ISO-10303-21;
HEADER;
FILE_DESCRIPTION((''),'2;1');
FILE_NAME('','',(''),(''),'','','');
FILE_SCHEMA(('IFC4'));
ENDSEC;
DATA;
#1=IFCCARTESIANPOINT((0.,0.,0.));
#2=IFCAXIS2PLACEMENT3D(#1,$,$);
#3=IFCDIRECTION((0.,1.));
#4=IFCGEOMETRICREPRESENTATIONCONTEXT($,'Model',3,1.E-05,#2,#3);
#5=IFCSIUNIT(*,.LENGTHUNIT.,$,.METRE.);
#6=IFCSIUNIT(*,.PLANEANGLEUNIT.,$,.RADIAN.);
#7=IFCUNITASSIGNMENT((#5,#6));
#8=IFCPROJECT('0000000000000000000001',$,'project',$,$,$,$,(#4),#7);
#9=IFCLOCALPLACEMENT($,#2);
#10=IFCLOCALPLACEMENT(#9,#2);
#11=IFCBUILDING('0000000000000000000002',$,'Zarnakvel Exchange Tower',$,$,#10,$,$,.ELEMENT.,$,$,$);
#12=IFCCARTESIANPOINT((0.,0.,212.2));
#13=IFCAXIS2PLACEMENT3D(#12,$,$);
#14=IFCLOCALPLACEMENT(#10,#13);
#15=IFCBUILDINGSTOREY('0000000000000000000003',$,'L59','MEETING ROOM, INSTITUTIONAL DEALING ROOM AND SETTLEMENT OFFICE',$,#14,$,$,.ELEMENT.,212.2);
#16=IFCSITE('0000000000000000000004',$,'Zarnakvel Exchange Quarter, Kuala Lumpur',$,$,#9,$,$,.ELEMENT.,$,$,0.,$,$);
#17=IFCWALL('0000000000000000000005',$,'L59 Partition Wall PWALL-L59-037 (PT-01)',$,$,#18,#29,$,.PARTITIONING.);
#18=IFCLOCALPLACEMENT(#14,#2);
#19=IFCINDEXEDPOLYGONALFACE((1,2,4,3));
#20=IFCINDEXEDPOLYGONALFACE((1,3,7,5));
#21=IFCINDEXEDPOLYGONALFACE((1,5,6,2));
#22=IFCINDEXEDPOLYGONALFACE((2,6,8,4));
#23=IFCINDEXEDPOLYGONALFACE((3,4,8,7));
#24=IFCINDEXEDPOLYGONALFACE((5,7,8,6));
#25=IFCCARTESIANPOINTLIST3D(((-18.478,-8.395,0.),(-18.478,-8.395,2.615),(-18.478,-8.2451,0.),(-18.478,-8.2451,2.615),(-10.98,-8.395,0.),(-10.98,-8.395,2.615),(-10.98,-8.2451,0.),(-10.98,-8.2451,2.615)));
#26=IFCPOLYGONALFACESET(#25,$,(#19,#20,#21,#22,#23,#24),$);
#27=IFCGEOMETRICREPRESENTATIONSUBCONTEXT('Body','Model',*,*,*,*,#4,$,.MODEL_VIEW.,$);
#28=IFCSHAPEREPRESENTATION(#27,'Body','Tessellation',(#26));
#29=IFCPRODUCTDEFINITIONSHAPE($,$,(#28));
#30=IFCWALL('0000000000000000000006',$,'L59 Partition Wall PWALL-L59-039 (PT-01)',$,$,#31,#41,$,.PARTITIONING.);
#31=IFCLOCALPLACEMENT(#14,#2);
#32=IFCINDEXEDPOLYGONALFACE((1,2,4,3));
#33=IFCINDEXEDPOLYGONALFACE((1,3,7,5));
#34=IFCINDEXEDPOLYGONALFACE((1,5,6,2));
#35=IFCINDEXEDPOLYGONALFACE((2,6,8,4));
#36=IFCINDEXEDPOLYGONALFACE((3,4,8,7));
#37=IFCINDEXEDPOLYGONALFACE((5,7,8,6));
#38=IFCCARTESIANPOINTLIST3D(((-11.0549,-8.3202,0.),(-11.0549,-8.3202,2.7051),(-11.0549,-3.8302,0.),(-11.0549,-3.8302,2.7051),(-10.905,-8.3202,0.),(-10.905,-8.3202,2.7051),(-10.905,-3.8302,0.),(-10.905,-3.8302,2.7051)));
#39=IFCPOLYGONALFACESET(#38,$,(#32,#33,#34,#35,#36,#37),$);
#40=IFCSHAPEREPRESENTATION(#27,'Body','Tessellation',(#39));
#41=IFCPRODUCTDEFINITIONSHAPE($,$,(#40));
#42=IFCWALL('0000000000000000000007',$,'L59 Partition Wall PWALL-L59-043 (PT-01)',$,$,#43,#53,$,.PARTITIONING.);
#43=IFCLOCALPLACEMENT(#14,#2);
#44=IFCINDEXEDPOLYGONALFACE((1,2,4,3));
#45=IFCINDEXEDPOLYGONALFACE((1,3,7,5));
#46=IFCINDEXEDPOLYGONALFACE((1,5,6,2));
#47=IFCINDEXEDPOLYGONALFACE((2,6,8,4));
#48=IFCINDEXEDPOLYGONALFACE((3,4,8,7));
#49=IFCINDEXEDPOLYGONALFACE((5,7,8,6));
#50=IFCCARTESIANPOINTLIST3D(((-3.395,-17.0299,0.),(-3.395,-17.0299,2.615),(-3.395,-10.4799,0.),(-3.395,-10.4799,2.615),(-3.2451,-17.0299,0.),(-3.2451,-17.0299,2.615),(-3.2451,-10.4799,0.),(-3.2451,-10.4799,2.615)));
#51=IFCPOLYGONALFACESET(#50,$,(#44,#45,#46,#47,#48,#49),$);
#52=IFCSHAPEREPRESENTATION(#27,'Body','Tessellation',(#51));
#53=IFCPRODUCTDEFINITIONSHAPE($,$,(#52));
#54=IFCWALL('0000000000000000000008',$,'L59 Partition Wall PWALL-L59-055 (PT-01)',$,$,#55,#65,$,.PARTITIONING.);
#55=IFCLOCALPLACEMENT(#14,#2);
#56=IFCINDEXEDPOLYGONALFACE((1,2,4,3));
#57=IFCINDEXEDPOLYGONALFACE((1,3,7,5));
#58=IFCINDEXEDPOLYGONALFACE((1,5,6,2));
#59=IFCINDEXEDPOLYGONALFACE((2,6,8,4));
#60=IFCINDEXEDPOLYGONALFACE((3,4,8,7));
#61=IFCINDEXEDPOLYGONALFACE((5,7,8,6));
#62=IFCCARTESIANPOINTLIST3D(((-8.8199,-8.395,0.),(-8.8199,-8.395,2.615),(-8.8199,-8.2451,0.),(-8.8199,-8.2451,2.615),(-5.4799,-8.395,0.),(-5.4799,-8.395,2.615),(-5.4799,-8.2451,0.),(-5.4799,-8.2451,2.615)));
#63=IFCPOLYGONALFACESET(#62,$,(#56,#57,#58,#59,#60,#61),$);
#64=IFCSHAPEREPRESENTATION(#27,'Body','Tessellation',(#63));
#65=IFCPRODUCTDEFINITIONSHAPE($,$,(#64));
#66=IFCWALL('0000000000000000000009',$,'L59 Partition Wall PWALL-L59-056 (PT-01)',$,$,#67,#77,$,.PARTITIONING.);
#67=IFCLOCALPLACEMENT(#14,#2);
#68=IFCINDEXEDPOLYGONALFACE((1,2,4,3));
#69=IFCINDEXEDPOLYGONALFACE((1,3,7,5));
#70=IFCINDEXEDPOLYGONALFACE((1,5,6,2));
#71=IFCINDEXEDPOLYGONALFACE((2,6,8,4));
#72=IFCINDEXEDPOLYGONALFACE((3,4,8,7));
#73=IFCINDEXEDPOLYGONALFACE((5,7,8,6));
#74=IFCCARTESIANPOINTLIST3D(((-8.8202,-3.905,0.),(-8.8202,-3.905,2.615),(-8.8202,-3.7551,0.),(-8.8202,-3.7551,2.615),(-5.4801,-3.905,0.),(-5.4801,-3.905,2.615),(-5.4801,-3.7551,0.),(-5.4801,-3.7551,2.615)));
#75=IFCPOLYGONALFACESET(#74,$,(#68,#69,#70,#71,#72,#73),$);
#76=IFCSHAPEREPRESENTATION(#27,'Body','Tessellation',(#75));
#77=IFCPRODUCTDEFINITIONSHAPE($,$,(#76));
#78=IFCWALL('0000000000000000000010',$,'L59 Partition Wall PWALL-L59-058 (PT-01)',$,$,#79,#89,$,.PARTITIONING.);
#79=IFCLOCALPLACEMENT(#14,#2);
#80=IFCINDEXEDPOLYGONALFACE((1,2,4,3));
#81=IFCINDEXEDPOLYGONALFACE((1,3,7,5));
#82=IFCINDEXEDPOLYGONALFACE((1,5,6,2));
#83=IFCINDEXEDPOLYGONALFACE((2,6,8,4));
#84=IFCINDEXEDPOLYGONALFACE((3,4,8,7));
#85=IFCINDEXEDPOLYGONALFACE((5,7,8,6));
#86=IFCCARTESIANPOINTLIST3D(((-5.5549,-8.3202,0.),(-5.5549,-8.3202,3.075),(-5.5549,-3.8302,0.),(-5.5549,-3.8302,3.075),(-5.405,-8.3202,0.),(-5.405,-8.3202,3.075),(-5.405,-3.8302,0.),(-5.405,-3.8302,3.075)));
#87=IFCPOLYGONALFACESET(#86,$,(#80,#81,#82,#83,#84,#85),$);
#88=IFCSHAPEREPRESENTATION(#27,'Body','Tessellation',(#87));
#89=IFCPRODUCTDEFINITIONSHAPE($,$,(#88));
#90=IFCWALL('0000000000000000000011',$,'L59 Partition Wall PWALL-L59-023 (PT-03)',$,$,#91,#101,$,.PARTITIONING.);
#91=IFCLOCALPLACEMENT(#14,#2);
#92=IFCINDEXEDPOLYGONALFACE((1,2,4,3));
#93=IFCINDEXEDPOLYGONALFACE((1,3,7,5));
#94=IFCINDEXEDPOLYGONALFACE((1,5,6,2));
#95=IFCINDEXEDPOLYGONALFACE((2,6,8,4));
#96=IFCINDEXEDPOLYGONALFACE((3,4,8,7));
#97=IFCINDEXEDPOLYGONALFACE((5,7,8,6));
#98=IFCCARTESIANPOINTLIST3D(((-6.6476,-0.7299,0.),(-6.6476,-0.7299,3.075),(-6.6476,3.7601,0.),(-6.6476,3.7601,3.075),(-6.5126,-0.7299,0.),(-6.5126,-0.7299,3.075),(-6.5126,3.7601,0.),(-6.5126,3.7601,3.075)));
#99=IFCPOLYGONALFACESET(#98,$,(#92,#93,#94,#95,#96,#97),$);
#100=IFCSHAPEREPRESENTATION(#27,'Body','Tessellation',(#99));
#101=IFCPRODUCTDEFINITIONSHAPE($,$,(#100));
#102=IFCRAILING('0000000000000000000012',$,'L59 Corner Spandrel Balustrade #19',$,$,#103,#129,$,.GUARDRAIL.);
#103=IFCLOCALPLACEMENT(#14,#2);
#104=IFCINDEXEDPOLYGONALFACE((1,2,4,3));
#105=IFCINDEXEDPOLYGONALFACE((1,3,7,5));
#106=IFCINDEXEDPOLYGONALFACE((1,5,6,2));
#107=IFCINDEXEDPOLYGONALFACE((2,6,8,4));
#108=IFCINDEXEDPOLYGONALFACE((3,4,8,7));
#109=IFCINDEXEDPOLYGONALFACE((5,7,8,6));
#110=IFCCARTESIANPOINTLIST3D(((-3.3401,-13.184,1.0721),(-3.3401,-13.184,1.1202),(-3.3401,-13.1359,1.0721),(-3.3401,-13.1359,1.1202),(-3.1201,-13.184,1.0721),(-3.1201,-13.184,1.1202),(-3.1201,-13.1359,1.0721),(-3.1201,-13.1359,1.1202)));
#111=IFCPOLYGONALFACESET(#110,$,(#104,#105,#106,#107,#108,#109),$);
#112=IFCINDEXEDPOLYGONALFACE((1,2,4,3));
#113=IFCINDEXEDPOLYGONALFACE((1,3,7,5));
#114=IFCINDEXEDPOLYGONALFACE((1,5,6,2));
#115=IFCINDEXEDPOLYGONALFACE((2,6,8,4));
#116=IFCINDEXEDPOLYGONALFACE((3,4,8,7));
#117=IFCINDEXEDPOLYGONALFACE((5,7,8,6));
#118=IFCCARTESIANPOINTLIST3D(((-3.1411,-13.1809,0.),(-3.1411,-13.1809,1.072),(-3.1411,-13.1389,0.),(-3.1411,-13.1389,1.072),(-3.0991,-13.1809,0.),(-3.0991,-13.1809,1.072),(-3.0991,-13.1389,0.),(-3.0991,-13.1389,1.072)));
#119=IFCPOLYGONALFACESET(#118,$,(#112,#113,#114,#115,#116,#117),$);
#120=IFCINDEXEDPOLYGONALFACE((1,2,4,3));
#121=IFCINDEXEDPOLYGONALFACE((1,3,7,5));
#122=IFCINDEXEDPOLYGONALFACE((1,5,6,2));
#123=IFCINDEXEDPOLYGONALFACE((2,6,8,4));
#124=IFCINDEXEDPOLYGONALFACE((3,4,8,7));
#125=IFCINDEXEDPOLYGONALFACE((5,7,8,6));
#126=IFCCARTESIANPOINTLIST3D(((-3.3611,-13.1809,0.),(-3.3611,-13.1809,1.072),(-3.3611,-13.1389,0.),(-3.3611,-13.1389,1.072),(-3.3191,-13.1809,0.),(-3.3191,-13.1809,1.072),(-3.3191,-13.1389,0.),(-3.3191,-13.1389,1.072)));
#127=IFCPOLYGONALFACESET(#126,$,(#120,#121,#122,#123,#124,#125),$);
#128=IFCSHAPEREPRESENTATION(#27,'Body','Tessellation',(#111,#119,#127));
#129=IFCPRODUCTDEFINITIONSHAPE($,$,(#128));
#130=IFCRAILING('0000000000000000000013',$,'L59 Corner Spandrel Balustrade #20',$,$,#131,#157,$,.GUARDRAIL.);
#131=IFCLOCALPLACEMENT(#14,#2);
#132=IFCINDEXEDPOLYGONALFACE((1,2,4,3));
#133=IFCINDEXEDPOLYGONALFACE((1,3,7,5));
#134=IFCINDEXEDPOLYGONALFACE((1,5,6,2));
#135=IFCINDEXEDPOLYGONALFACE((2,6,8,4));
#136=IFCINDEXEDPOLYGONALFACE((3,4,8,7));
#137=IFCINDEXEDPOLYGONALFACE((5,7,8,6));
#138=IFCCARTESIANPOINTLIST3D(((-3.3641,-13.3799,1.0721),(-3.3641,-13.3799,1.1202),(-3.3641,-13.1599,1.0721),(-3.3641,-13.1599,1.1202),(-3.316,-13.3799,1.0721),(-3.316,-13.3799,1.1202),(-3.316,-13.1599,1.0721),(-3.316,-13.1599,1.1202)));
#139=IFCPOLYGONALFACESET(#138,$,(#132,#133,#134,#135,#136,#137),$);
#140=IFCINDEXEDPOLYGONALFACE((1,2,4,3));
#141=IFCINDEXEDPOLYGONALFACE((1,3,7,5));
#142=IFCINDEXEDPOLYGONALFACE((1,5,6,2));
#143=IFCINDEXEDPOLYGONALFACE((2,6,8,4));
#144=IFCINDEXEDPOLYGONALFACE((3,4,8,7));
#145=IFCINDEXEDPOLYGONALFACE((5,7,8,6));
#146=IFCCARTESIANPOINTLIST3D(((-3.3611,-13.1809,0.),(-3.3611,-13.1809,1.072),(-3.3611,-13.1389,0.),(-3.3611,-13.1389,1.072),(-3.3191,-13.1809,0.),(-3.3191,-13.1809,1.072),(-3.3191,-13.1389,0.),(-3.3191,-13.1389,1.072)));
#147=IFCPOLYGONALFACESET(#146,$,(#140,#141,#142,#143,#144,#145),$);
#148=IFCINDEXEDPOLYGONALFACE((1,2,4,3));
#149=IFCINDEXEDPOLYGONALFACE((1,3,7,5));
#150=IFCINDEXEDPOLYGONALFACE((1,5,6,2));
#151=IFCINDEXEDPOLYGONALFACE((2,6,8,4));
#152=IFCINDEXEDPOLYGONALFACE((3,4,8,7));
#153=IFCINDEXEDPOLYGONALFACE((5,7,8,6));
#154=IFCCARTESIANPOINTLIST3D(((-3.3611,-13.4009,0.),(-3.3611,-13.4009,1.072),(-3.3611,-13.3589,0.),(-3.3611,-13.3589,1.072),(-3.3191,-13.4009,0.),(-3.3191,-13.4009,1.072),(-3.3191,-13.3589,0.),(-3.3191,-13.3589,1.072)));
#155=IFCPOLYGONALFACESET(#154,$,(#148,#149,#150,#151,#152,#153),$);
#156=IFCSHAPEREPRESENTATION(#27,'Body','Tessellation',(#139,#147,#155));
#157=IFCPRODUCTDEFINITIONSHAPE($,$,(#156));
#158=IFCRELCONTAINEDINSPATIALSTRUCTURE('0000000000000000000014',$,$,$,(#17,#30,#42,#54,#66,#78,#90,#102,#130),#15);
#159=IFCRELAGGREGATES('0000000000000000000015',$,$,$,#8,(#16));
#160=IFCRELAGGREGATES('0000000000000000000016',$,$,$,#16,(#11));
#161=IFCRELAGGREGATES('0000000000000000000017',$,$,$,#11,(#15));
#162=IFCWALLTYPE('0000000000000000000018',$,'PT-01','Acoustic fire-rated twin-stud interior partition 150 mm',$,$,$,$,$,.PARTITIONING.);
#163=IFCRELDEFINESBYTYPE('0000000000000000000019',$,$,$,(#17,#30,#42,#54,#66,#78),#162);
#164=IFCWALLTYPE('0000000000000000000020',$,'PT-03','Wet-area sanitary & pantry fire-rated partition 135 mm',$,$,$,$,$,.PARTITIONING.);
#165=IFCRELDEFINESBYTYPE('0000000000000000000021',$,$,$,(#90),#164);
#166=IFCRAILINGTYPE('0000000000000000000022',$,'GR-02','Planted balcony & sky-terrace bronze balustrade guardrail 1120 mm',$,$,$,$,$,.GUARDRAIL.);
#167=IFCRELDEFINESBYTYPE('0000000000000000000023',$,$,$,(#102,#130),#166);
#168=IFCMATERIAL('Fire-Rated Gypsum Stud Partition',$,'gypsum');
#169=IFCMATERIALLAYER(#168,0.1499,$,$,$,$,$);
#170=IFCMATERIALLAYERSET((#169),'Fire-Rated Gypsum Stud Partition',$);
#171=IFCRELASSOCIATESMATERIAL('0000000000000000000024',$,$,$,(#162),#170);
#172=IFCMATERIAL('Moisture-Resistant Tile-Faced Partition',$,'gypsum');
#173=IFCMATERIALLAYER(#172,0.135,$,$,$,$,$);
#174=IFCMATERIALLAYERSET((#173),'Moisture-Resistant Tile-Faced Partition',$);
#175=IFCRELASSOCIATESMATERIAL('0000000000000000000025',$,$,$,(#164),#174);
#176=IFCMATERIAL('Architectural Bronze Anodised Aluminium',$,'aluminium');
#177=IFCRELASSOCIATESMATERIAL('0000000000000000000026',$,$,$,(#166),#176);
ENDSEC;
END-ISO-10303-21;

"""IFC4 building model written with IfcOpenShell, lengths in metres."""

from ifc_helpers import new_model, si_unit, direction, frame, frame_2d, origin, origin_2d, place, context, subcontext, project, spatial, rectangle, extrude, material, layer, layer_set, type_object, element, save


model = new_model("IFC4")

# Units and contexts
model_context = context("Model", 3, precision=1e-05, world=origin(), true_north=direction((0.0, 1.0)))
body_context = subcontext(model_context, "Body", "Model", "MODEL_VIEW")
ifc_project = project(units=[si_unit("LENGTHUNIT", "METRE"), si_unit("PLANEANGLEUNIT", "RADIAN")], contexts=[model_context])

# Site, building, storey
site_placement = place(None, origin())
site = spatial("IfcSite", under=ifc_project, at=site_placement, Name="Zarnakvel Exchange Quarter, Kuala Lumpur", CompositionType="ELEMENT", RefElevation=0.0)
building_placement = place(site_placement, origin())
building = spatial("IfcBuilding", under=site, at=building_placement, Name="Zarnakvel Exchange Tower", CompositionType="ELEMENT")
storey_placement = place(building_placement, frame((0.0, 0.0, 212.2)))
storey = spatial("IfcBuildingStorey", under=building, at=storey_placement, Name="L59", Description="MEETING ROOM, INSTITUTIONAL DEALING ROOM AND SETTLEMENT OFFICE", CompositionType="ELEMENT", Elevation=212.2)

# Shared definitions
ifc_material_1 = material(Name="Architectural Bronze Anodised Aluminium", Category="aluminium")

# Walls
ifc_material_2 = material(Name="Fire-Rated Gypsum Stud Partition", Category="gypsum")
ifc_layer_1 = layer(ifc_material_2, 0.1499)
ifc_layer_set_1 = layer_set([ifc_layer_1], Name="Fire-Rated Gypsum Stud Partition")
wall_type_1 = type_object("IfcWallType", Name="PT-01", Description="Acoustic fire-rated twin-stud interior partition 150 mm", PredefinedType="PARTITIONING", material=ifc_layer_set_1)
wall_1_placement = place(storey_placement, frame((-10.98, -8.3201, 0.0), z_axis=(0.0, 0.0, 1.0), x_axis=(-1.0, 0.0, 0.0)))
element("IfcWall", 1, at=wall_1_placement, inside=storey, type_object=wall_type_1, Name="L59 Partition Wall PWALL-L59-037 (PT-01)", PredefinedType="PARTITIONING", context=body_context, shape_type="SweptSolid", body=[
    extrude(rectangle(XDim=7.498, YDim=0.1499, at=frame_2d((3.749, 0.0))), origin(), (0.0, 0.0, 1.0), 2.615),
])
wall_2_placement = place(storey_placement, frame((-10.98, -3.8301, 0.0), z_axis=(0.0, 0.0, 1.0), x_axis=(0.0, -1.0, 0.0)))
element("IfcWall", 2, at=wall_2_placement, inside=storey, type_object=wall_type_1, Name="L59 Partition Wall PWALL-L59-039 (PT-01)", PredefinedType="PARTITIONING", context=body_context, shape_type="SweptSolid", body=[
    extrude(rectangle(XDim=4.49, YDim=0.1499, at=frame_2d((2.2451, 0.0))), origin(), (0.0, 0.0, 1.0), 2.7051),
])
wall_3_placement = place(storey_placement, frame((-3.3201, -10.48, 0.0), z_axis=(0.0, 0.0, 1.0), x_axis=(0.0, -1.0, 0.0)))
element("IfcWall", 3, at=wall_3_placement, inside=storey, type_object=wall_type_1, Name="L59 Partition Wall PWALL-L59-043 (PT-01)", PredefinedType="PARTITIONING", context=body_context, shape_type="SweptSolid", body=[
    extrude(rectangle(XDim=6.55, YDim=0.1499, at=frame_2d((3.2749, 0.0))), origin(), (0.0, 0.0, 1.0), 2.615),
])
for number, where, z_axis, x_axis, name in (
    (4, (-5.48, -8.3201, 0.0), (0.0, 0.0, 1.0), (-1.0, 0.0, 0.0), "L59 Partition Wall PWALL-L59-055 (PT-01)"),
    (5, (-8.8201, -3.8301, 0.0), (0.0, 0.0, 1.0), (1.0, 0.0, 0.0), "L59 Partition Wall PWALL-L59-056 (PT-01)"),
):
    element("IfcWall", number, at=place(storey_placement, frame(where, z_axis=z_axis, x_axis=x_axis)), inside=storey, type_object=wall_type_1, Name=name, PredefinedType="PARTITIONING", context=body_context, shape_type="SweptSolid", body=[
        extrude(rectangle(XDim=3.3401, YDim=0.1499, at=frame_2d((1.6699, 0.0))), origin(), (0.0, 0.0, 1.0), 2.615),
    ])

# Walls
wall_4_placement = place(storey_placement, frame((-5.48, -3.8301, 0.0), z_axis=(0.0, 0.0, 1.0), x_axis=(0.0, -1.0, 0.0)))
element("IfcWall", 6, at=wall_4_placement, inside=storey, type_object=wall_type_1, Name="L59 Partition Wall PWALL-L59-058 (PT-01)", PredefinedType="PARTITIONING", context=body_context, shape_type="SweptSolid", body=[
    extrude(rectangle(XDim=4.49, YDim=0.1499, at=frame_2d((2.2451, 0.0))), origin(), (0.0, 0.0, 1.0), 3.075),
])
ifc_material_3 = material(Name="Moisture-Resistant Tile-Faced Partition", Category="gypsum")
ifc_layer_2 = layer(ifc_material_3, 0.135)
ifc_layer_set_2 = layer_set([ifc_layer_2], Name="Moisture-Resistant Tile-Faced Partition")
wall_type_2 = type_object("IfcWallType", Name="PT-03", Description="Wet-area sanitary & pantry fire-rated partition 135 mm", PredefinedType="PARTITIONING", material=ifc_layer_set_2)
wall_5_placement = place(storey_placement, frame((-6.5801, -0.73, 0.0), z_axis=(0.0, 0.0, 1.0), x_axis=(0.0, 1.0, 0.0)))
element("IfcWall", 7, at=wall_5_placement, inside=storey, type_object=wall_type_2, Name="L59 Partition Wall PWALL-L59-023 (PT-03)", PredefinedType="PARTITIONING", context=body_context, shape_type="SweptSolid", body=[
    extrude(rectangle(XDim=4.49, YDim=0.135, at=frame_2d((2.2451, 0.0))), origin(), (0.0, 0.0, 1.0), 3.075),
])

# Railings
railing_type_1 = type_object("IfcRailingType", Name="GR-02", Description="Planted balcony & sky-terrace bronze balustrade guardrail 1120 mm", PredefinedType="GUARDRAIL", material=ifc_material_1)
railing_1_placement = place(storey_placement, frame((-3.1201, -13.1599, 0.0)))
element("IfcRailing", 8, at=railing_1_placement, inside=storey, type_object=railing_type_1, Name="L59 Corner Spandrel Balustrade #19", PredefinedType="GUARDRAIL", context=body_context, shape_type="SweptSolid", body=[
    extrude(rectangle(XDim=0.0481, YDim=0.0481, at=origin_2d()), frame((0.0, 0.0, 1.0962), z_axis=(-1.0, 0.0, 0.0), x_axis=(0.0, -1.0, 0.0)), (0.0, 0.0, 1.0), 0.22),
    extrude(rectangle(XDim=0.042, YDim=0.042, at=origin_2d()), origin(), (0.0, 0.0, 1.0), 1.072),
    extrude(rectangle(XDim=0.042, YDim=0.042, at=origin_2d()), frame((-0.22, 0.0, 0.0)), (0.0, 0.0, 1.0), 1.072),
])
railing_2_placement = place(storey_placement, frame((-3.3401, -13.1599, 0.0)))
element("IfcRailing", 9, at=railing_2_placement, inside=storey, type_object=railing_type_1, Name="L59 Corner Spandrel Balustrade #20", PredefinedType="GUARDRAIL", context=body_context, shape_type="SweptSolid", body=[
    extrude(rectangle(XDim=0.0481, YDim=0.0481, at=origin_2d()), frame((0.0, 0.0, 1.0962), z_axis=(0.0, -1.0, 0.0), x_axis=(1.0, 0.0, 0.0)), (0.0, 0.0, 1.0), 0.22),
    extrude(rectangle(XDim=0.042, YDim=0.042, at=origin_2d()), origin(), (0.0, 0.0, 1.0), 1.072),
    extrude(rectangle(XDim=0.042, YDim=0.042, at=origin_2d()), frame((0.0, -0.22, 0.0)), (0.0, 0.0, 1.0), 1.072),
])

save(model, "model.ifc")
